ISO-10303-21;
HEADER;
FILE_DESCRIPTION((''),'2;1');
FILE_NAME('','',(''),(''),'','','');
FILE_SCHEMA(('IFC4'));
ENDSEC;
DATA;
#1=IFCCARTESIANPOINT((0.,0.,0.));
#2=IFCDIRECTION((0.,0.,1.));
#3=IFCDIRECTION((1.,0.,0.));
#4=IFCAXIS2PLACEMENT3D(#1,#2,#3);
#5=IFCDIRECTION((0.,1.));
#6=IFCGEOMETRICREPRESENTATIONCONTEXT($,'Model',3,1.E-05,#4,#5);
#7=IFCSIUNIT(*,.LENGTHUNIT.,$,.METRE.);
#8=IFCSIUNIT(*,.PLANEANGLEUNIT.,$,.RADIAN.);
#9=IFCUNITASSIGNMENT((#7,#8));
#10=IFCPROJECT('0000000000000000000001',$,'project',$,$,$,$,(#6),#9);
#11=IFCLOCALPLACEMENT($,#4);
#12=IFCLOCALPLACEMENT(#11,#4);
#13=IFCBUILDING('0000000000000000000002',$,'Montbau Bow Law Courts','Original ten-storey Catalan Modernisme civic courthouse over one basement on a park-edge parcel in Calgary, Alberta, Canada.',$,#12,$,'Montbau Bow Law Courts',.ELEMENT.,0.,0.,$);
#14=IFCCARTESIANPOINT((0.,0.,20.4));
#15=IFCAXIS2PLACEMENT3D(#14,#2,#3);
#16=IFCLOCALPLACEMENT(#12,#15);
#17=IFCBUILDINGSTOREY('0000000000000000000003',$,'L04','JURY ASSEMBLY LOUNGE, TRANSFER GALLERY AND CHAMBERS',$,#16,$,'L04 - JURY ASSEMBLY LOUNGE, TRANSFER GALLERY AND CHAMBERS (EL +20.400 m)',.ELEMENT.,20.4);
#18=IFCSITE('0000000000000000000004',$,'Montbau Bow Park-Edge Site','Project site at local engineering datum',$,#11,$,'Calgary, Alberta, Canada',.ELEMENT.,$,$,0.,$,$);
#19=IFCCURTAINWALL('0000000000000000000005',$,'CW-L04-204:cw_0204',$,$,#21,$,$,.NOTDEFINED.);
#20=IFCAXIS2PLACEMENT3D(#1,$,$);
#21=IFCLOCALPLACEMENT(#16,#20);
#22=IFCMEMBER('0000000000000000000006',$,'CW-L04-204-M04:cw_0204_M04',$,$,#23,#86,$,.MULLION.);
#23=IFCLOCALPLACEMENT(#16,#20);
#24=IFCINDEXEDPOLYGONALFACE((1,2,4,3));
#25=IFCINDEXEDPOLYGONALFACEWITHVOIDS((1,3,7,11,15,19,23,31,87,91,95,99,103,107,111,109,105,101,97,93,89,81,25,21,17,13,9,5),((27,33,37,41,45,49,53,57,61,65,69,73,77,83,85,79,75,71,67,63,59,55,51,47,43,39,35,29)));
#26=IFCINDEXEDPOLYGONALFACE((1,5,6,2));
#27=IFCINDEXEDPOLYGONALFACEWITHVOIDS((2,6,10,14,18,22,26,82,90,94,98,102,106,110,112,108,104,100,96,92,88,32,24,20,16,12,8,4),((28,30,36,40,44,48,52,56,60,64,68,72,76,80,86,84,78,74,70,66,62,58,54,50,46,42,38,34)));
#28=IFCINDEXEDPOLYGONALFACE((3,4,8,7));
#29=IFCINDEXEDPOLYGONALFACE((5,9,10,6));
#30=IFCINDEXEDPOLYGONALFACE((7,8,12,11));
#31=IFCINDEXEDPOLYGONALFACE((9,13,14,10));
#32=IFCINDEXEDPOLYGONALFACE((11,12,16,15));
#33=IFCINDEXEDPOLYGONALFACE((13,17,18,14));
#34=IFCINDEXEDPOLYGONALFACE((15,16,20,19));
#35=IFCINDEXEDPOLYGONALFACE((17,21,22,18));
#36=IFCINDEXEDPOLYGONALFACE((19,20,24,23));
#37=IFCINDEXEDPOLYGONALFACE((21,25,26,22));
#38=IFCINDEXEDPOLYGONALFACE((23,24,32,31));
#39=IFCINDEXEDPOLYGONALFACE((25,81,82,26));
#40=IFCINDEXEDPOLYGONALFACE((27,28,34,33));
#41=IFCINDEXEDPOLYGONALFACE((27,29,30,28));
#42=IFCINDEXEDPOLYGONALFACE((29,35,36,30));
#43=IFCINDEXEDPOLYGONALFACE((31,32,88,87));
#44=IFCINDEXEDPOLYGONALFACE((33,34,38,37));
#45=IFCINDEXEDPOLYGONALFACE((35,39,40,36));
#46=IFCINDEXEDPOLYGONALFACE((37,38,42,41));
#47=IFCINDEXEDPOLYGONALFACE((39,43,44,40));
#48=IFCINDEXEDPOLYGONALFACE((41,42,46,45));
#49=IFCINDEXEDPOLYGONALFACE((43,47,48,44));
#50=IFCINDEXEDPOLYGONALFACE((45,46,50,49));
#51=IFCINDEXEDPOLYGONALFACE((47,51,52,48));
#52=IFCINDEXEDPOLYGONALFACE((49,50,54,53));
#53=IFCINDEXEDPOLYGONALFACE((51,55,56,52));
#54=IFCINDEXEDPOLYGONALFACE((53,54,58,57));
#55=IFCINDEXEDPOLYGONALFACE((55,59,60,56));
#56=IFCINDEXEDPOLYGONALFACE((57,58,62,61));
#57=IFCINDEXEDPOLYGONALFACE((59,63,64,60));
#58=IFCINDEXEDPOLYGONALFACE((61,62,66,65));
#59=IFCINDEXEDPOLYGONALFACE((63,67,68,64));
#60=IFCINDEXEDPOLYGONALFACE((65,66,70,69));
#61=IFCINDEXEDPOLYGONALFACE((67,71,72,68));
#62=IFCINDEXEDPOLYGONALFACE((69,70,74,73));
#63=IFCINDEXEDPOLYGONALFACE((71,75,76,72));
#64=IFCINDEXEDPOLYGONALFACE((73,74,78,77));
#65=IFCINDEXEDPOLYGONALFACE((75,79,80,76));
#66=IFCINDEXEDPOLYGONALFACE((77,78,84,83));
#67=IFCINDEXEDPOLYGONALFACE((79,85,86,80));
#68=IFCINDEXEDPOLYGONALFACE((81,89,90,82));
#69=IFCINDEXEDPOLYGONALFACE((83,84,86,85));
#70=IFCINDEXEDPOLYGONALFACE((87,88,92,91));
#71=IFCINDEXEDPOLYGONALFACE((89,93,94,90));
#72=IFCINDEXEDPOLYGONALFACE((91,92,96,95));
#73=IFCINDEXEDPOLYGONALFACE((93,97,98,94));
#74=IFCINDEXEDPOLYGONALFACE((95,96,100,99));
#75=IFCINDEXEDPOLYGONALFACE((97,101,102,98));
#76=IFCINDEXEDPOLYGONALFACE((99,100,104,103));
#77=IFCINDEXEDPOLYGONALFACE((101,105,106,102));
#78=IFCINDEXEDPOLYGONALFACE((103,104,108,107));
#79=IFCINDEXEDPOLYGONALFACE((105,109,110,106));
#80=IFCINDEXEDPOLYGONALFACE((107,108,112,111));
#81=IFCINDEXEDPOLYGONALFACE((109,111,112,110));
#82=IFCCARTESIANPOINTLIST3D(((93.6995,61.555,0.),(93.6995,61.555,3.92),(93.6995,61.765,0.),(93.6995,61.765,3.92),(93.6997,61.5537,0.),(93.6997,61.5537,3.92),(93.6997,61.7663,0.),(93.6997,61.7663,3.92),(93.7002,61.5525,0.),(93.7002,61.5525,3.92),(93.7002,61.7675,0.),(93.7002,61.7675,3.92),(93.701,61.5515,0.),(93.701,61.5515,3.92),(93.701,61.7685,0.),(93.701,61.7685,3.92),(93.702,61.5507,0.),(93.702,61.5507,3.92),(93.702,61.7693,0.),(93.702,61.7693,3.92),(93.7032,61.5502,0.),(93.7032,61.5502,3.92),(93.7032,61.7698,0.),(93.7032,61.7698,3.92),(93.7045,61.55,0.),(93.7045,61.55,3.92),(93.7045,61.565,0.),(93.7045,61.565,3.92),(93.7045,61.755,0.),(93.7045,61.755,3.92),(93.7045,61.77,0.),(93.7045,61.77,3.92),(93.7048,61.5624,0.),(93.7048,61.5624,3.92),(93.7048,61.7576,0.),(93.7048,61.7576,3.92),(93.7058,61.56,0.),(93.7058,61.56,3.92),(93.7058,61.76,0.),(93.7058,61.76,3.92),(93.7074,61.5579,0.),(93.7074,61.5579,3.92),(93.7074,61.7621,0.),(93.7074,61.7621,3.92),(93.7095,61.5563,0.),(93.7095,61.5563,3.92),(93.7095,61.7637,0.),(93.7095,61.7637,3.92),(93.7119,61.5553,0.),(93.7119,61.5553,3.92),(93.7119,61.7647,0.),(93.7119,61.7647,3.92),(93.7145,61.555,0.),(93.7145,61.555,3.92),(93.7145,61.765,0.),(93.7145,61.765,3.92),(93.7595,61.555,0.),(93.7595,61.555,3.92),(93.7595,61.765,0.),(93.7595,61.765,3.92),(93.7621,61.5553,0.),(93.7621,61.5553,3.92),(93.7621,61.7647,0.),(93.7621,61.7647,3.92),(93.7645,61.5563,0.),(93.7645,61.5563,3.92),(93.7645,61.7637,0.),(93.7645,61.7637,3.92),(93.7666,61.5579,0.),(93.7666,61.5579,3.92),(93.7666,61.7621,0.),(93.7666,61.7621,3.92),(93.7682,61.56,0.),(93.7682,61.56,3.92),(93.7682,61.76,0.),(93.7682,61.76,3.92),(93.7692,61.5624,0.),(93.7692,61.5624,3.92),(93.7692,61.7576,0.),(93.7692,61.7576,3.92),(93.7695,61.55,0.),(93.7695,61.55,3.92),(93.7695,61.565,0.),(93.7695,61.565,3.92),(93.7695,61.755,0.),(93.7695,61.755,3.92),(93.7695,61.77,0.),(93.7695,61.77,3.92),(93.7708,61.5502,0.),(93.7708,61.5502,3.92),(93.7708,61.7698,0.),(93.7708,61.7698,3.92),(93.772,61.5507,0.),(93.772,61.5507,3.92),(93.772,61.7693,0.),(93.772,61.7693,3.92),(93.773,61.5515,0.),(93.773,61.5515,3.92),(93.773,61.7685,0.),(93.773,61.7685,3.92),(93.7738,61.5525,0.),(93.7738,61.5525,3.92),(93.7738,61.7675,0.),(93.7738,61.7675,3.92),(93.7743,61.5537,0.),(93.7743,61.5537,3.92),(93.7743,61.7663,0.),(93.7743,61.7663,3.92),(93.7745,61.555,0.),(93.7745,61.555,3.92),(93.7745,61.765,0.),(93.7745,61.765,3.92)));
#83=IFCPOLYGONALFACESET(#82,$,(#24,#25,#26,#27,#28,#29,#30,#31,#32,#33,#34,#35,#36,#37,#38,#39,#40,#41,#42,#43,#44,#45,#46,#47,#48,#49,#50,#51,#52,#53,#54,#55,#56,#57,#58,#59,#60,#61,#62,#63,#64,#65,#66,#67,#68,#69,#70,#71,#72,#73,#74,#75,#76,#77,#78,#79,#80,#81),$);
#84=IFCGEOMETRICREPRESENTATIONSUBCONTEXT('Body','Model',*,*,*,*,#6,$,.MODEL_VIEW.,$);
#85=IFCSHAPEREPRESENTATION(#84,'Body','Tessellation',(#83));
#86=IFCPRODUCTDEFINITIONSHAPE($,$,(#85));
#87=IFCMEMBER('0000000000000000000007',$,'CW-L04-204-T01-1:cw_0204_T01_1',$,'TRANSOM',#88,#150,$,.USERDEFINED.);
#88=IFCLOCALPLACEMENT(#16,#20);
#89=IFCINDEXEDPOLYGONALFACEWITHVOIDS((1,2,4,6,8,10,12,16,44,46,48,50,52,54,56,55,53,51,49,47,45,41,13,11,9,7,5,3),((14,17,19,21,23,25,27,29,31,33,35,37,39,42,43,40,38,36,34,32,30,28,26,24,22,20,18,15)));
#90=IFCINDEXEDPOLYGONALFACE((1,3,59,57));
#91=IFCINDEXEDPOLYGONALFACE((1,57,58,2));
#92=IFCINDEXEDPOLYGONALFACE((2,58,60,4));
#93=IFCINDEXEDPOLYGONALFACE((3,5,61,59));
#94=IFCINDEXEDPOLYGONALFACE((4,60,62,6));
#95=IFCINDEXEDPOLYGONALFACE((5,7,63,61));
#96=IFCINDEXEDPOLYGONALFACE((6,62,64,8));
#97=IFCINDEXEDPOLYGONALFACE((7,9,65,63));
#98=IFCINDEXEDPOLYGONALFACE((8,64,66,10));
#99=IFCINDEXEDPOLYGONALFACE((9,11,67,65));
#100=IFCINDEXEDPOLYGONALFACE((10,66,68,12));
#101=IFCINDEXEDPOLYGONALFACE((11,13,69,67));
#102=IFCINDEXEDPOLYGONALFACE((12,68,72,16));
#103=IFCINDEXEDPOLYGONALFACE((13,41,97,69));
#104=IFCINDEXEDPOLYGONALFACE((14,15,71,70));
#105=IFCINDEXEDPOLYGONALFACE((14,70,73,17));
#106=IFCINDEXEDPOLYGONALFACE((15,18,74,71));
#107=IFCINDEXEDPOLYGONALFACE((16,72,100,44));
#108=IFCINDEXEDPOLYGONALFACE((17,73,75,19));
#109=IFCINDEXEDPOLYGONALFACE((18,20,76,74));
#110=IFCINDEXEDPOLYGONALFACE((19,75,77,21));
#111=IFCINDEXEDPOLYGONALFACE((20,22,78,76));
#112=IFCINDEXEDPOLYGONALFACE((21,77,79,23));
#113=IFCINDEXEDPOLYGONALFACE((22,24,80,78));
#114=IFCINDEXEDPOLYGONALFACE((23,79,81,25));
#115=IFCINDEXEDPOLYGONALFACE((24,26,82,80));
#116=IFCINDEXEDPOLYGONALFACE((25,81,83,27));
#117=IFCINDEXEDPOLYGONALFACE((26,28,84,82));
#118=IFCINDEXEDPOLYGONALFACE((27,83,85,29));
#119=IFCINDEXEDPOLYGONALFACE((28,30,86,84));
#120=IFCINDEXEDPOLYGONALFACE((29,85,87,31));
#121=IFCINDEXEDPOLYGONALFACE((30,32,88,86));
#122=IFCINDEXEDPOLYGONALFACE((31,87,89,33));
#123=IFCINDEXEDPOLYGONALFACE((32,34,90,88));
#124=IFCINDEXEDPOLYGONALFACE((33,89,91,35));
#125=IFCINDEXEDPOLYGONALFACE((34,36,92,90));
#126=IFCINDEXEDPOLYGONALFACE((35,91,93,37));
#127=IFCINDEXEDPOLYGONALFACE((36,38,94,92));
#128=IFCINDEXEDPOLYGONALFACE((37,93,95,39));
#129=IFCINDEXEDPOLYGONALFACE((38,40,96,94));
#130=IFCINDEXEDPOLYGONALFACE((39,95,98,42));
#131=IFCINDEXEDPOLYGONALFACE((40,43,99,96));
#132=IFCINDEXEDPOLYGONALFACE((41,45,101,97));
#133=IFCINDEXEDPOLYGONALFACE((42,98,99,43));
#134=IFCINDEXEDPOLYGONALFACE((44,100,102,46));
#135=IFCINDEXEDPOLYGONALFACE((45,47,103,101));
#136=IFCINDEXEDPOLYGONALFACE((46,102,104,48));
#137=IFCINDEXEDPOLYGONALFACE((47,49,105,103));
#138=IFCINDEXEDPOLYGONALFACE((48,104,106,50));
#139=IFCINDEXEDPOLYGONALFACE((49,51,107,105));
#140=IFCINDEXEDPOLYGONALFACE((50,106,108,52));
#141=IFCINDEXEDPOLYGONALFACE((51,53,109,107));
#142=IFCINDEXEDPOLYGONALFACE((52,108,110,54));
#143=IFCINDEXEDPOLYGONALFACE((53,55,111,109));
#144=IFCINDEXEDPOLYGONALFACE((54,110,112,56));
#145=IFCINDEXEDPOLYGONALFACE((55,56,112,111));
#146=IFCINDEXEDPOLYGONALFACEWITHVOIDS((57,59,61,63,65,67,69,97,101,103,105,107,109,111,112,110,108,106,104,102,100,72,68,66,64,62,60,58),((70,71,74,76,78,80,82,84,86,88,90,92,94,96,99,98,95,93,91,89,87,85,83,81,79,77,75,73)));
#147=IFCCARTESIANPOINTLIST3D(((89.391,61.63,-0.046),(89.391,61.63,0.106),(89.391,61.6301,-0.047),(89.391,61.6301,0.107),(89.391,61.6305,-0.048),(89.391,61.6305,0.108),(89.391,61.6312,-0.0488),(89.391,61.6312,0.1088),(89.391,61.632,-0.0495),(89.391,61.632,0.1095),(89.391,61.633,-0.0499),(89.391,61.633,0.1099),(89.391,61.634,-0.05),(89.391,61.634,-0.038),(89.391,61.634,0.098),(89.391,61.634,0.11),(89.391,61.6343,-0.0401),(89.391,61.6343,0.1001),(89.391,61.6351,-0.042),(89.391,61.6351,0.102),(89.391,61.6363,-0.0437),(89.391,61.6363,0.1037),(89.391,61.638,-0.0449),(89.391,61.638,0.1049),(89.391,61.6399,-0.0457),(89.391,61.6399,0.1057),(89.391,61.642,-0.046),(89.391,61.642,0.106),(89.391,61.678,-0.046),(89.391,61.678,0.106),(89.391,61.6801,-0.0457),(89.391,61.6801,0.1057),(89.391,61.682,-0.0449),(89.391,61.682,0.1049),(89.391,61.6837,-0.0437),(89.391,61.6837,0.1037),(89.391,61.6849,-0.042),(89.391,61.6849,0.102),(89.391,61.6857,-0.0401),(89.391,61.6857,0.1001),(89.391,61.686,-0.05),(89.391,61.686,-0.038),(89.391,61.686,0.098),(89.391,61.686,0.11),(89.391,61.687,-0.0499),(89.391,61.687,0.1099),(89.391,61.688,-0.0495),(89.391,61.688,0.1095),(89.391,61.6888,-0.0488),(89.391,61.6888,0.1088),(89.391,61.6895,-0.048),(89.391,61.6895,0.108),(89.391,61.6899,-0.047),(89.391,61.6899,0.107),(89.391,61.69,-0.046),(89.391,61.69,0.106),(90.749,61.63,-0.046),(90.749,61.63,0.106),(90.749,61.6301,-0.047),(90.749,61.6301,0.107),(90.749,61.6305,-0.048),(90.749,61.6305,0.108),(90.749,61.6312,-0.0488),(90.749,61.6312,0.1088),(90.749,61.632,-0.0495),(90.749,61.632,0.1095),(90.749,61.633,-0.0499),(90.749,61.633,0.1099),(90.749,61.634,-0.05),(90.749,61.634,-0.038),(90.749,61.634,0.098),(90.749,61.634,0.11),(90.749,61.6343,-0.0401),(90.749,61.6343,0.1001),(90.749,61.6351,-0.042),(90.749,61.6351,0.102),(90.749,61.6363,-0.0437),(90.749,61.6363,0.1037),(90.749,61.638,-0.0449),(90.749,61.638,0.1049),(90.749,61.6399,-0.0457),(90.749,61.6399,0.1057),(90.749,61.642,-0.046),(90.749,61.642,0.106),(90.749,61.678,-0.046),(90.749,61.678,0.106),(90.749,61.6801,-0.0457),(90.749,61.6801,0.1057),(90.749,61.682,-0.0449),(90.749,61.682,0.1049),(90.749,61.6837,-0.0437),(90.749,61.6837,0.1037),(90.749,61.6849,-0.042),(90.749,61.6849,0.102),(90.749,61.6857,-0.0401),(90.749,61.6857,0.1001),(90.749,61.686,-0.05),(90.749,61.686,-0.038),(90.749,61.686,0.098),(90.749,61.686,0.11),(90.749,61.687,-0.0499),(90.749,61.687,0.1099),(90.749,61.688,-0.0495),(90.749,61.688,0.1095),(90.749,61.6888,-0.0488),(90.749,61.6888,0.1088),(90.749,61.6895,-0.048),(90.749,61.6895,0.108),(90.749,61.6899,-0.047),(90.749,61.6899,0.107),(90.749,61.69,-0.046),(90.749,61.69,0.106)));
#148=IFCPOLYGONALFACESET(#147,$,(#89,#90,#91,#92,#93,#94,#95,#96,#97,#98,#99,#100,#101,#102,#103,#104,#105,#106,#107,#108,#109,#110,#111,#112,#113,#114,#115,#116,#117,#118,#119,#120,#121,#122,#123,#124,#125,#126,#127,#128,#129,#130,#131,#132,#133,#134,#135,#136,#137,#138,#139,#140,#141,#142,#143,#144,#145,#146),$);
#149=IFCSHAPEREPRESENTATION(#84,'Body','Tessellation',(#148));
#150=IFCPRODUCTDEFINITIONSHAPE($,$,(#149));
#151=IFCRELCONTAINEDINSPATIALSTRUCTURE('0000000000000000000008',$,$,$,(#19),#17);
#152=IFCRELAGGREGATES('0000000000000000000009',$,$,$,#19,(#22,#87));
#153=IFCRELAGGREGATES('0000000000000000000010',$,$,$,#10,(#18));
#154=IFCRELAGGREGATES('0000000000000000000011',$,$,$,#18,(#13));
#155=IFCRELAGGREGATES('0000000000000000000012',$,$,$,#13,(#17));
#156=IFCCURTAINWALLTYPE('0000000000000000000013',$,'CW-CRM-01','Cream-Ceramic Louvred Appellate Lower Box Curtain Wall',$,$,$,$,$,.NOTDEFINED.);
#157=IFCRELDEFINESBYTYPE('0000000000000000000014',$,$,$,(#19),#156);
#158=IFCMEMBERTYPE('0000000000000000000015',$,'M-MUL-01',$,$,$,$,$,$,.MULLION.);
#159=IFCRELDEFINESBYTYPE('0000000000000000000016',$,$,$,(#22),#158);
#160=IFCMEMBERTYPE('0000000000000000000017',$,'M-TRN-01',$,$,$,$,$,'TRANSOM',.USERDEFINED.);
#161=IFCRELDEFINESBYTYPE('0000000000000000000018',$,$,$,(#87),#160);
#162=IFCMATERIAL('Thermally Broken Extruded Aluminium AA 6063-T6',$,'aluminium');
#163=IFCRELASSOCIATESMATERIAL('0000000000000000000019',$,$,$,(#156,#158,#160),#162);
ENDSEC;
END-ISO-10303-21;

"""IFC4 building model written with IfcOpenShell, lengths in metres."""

from ifc_helpers import new_model, si_unit, direction, frame, origin_with_axes, origin_2d_with_axis, place, context, subcontext, project, spatial, hollow_rectangle, extrude, material, material_profile, profile_set, type_object, element, aggregate, save


model = new_model("IFC4")

# Units and contexts
model_context = context("Model", 3, precision=1e-05, world=origin_with_axes(), true_north=direction((0.0, 1.0)))
body_context = subcontext(model_context, "Body", "Model", "MODEL_VIEW")
ifc_project = project(units=[si_unit("LENGTHUNIT", "METRE"), si_unit("PLANEANGLEUNIT", "RADIAN")], contexts=[model_context])

# Site, building, storey
site_placement = place(None, origin_with_axes())
site = spatial("IfcSite", under=ifc_project, at=site_placement, Name="Montbau Bow Park-Edge Site", Description="Project site at local engineering datum", LongName="Calgary, Alberta, Canada", CompositionType="ELEMENT", RefElevation=0.0)
building_placement = place(site_placement, origin_with_axes())
building = spatial("IfcBuilding", under=site, at=building_placement, Name="Montbau Bow Law Courts", Description="Original ten-storey Catalan Modernisme civic courthouse over one basement on a park-edge parcel in Calgary, Alberta, Canada.", LongName="Montbau Bow Law Courts", CompositionType="ELEMENT", ElevationOfRefHeight=0.0, ElevationOfTerrain=0.0)
storey_placement = place(building_placement, frame((0.0, 0.0, 20.4), z_axis=(0.0, 0.0, 1.0), x_axis=(1.0, 0.0, 0.0)))
storey = spatial("IfcBuildingStorey", under=building, at=storey_placement, Name="L04", Description="JURY ASSEMBLY LOUNGE, TRANSFER GALLERY AND CHAMBERS", LongName="L04 - JURY ASSEMBLY LOUNGE, TRANSFER GALLERY AND CHAMBERS (EL +20.400 m)", CompositionType="ELEMENT", Elevation=20.4)

# Curtain wall, members
ifc_material_1 = material(Name="Thermally Broken Extruded Aluminium AA 6063-T6", Category="aluminium")
curtain_wall_type = type_object("IfcCurtainWallType", Name="CW-CRM-01", Description="Cream-Ceramic Louvred Appellate Lower Box Curtain Wall", PredefinedType="NOTDEFINED", material=ifc_material_1)
curtain_wall_placement = place(None, frame((89.315, 61.66, 20.4), z_axis=(0.0, 0.0, 1.0), x_axis=(1.0, 0.0, 0.0)))
curtain_wall = element("IfcCurtainWall", 1, at=curtain_wall_placement, inside=storey, type_object=curtain_wall_type, Name="CW-L04-204:cw_0204", PredefinedType="NOTDEFINED")
ifc_material_profile_1 = material_profile(ifc_material_1, hollow_rectangle(XDim=0.075, YDim=0.22, WallThickness=0.005, InnerFilletRadius=0.01, OuterFilletRadius=0.005, at=origin_2d_with_axis()), Name="CWM-220X75", Category="Main", Priority=0)
ifc_profile_set_1 = profile_set([ifc_material_profile_1], Name="Thermally Broken Extruded Aluminium AA 6063-T6")
member_type_1 = type_object("IfcMemberType", Name="M-MUL-01", PredefinedType="MULLION", material=ifc_profile_set_1)
member_1_placement = place(None, frame((93.737, 61.66, 20.4), z_axis=(0.0, 0.0, 1.0), x_axis=(1.0, 0.0, 0.0)))
member_1 = element("IfcMember", 2, at=member_1_placement, type_object=member_type_1, Name="CW-L04-204-M04:cw_0204_M04", PredefinedType="MULLION", context=body_context, shape_type="SweptSolid", body=[
    extrude(hollow_rectangle(XDim=0.075, YDim=0.22, WallThickness=0.005, InnerFilletRadius=0.01, OuterFilletRadius=0.005, at=origin_2d_with_axis()), origin_with_axes(), (0.0, 0.0, 1.0), 3.92),
])
ifc_material_profile_2 = material_profile(ifc_material_1, hollow_rectangle(XDim=0.06, YDim=0.16, WallThickness=0.004, InnerFilletRadius=0.008, OuterFilletRadius=0.004, at=origin_2d_with_axis()), Name="CWT-160X60", Category="Main", Priority=0)
ifc_profile_set_2 = profile_set([ifc_material_profile_2], Name="Thermally Broken Extruded Aluminium AA 6063-T6")
member_type_2 = type_object("IfcMemberType", Name="M-TRN-01", ElementType="TRANSOM", PredefinedType="USERDEFINED", material=ifc_profile_set_2)
member_2_placement = place(None, frame((89.391, 61.66, 20.43), z_axis=(1.0, 0.0, 0.0), x_axis=(0.0, 1.0, 0.0)))
member_2 = element("IfcMember", 3, at=member_2_placement, type_object=member_type_2, Name="CW-L04-204-T01-1:cw_0204_T01_1", ObjectType="TRANSOM", PredefinedType="USERDEFINED", context=body_context, shape_type="SweptSolid", body=[
    extrude(hollow_rectangle(XDim=0.06, YDim=0.16, WallThickness=0.004, InnerFilletRadius=0.008, OuterFilletRadius=0.004, at=origin_2d_with_axis()), origin_with_axes(), (0.0, 0.0, 1.0), 1.358),
])
aggregate(curtain_wall, [member_1, member_2])

save(model, "model.ifc")
